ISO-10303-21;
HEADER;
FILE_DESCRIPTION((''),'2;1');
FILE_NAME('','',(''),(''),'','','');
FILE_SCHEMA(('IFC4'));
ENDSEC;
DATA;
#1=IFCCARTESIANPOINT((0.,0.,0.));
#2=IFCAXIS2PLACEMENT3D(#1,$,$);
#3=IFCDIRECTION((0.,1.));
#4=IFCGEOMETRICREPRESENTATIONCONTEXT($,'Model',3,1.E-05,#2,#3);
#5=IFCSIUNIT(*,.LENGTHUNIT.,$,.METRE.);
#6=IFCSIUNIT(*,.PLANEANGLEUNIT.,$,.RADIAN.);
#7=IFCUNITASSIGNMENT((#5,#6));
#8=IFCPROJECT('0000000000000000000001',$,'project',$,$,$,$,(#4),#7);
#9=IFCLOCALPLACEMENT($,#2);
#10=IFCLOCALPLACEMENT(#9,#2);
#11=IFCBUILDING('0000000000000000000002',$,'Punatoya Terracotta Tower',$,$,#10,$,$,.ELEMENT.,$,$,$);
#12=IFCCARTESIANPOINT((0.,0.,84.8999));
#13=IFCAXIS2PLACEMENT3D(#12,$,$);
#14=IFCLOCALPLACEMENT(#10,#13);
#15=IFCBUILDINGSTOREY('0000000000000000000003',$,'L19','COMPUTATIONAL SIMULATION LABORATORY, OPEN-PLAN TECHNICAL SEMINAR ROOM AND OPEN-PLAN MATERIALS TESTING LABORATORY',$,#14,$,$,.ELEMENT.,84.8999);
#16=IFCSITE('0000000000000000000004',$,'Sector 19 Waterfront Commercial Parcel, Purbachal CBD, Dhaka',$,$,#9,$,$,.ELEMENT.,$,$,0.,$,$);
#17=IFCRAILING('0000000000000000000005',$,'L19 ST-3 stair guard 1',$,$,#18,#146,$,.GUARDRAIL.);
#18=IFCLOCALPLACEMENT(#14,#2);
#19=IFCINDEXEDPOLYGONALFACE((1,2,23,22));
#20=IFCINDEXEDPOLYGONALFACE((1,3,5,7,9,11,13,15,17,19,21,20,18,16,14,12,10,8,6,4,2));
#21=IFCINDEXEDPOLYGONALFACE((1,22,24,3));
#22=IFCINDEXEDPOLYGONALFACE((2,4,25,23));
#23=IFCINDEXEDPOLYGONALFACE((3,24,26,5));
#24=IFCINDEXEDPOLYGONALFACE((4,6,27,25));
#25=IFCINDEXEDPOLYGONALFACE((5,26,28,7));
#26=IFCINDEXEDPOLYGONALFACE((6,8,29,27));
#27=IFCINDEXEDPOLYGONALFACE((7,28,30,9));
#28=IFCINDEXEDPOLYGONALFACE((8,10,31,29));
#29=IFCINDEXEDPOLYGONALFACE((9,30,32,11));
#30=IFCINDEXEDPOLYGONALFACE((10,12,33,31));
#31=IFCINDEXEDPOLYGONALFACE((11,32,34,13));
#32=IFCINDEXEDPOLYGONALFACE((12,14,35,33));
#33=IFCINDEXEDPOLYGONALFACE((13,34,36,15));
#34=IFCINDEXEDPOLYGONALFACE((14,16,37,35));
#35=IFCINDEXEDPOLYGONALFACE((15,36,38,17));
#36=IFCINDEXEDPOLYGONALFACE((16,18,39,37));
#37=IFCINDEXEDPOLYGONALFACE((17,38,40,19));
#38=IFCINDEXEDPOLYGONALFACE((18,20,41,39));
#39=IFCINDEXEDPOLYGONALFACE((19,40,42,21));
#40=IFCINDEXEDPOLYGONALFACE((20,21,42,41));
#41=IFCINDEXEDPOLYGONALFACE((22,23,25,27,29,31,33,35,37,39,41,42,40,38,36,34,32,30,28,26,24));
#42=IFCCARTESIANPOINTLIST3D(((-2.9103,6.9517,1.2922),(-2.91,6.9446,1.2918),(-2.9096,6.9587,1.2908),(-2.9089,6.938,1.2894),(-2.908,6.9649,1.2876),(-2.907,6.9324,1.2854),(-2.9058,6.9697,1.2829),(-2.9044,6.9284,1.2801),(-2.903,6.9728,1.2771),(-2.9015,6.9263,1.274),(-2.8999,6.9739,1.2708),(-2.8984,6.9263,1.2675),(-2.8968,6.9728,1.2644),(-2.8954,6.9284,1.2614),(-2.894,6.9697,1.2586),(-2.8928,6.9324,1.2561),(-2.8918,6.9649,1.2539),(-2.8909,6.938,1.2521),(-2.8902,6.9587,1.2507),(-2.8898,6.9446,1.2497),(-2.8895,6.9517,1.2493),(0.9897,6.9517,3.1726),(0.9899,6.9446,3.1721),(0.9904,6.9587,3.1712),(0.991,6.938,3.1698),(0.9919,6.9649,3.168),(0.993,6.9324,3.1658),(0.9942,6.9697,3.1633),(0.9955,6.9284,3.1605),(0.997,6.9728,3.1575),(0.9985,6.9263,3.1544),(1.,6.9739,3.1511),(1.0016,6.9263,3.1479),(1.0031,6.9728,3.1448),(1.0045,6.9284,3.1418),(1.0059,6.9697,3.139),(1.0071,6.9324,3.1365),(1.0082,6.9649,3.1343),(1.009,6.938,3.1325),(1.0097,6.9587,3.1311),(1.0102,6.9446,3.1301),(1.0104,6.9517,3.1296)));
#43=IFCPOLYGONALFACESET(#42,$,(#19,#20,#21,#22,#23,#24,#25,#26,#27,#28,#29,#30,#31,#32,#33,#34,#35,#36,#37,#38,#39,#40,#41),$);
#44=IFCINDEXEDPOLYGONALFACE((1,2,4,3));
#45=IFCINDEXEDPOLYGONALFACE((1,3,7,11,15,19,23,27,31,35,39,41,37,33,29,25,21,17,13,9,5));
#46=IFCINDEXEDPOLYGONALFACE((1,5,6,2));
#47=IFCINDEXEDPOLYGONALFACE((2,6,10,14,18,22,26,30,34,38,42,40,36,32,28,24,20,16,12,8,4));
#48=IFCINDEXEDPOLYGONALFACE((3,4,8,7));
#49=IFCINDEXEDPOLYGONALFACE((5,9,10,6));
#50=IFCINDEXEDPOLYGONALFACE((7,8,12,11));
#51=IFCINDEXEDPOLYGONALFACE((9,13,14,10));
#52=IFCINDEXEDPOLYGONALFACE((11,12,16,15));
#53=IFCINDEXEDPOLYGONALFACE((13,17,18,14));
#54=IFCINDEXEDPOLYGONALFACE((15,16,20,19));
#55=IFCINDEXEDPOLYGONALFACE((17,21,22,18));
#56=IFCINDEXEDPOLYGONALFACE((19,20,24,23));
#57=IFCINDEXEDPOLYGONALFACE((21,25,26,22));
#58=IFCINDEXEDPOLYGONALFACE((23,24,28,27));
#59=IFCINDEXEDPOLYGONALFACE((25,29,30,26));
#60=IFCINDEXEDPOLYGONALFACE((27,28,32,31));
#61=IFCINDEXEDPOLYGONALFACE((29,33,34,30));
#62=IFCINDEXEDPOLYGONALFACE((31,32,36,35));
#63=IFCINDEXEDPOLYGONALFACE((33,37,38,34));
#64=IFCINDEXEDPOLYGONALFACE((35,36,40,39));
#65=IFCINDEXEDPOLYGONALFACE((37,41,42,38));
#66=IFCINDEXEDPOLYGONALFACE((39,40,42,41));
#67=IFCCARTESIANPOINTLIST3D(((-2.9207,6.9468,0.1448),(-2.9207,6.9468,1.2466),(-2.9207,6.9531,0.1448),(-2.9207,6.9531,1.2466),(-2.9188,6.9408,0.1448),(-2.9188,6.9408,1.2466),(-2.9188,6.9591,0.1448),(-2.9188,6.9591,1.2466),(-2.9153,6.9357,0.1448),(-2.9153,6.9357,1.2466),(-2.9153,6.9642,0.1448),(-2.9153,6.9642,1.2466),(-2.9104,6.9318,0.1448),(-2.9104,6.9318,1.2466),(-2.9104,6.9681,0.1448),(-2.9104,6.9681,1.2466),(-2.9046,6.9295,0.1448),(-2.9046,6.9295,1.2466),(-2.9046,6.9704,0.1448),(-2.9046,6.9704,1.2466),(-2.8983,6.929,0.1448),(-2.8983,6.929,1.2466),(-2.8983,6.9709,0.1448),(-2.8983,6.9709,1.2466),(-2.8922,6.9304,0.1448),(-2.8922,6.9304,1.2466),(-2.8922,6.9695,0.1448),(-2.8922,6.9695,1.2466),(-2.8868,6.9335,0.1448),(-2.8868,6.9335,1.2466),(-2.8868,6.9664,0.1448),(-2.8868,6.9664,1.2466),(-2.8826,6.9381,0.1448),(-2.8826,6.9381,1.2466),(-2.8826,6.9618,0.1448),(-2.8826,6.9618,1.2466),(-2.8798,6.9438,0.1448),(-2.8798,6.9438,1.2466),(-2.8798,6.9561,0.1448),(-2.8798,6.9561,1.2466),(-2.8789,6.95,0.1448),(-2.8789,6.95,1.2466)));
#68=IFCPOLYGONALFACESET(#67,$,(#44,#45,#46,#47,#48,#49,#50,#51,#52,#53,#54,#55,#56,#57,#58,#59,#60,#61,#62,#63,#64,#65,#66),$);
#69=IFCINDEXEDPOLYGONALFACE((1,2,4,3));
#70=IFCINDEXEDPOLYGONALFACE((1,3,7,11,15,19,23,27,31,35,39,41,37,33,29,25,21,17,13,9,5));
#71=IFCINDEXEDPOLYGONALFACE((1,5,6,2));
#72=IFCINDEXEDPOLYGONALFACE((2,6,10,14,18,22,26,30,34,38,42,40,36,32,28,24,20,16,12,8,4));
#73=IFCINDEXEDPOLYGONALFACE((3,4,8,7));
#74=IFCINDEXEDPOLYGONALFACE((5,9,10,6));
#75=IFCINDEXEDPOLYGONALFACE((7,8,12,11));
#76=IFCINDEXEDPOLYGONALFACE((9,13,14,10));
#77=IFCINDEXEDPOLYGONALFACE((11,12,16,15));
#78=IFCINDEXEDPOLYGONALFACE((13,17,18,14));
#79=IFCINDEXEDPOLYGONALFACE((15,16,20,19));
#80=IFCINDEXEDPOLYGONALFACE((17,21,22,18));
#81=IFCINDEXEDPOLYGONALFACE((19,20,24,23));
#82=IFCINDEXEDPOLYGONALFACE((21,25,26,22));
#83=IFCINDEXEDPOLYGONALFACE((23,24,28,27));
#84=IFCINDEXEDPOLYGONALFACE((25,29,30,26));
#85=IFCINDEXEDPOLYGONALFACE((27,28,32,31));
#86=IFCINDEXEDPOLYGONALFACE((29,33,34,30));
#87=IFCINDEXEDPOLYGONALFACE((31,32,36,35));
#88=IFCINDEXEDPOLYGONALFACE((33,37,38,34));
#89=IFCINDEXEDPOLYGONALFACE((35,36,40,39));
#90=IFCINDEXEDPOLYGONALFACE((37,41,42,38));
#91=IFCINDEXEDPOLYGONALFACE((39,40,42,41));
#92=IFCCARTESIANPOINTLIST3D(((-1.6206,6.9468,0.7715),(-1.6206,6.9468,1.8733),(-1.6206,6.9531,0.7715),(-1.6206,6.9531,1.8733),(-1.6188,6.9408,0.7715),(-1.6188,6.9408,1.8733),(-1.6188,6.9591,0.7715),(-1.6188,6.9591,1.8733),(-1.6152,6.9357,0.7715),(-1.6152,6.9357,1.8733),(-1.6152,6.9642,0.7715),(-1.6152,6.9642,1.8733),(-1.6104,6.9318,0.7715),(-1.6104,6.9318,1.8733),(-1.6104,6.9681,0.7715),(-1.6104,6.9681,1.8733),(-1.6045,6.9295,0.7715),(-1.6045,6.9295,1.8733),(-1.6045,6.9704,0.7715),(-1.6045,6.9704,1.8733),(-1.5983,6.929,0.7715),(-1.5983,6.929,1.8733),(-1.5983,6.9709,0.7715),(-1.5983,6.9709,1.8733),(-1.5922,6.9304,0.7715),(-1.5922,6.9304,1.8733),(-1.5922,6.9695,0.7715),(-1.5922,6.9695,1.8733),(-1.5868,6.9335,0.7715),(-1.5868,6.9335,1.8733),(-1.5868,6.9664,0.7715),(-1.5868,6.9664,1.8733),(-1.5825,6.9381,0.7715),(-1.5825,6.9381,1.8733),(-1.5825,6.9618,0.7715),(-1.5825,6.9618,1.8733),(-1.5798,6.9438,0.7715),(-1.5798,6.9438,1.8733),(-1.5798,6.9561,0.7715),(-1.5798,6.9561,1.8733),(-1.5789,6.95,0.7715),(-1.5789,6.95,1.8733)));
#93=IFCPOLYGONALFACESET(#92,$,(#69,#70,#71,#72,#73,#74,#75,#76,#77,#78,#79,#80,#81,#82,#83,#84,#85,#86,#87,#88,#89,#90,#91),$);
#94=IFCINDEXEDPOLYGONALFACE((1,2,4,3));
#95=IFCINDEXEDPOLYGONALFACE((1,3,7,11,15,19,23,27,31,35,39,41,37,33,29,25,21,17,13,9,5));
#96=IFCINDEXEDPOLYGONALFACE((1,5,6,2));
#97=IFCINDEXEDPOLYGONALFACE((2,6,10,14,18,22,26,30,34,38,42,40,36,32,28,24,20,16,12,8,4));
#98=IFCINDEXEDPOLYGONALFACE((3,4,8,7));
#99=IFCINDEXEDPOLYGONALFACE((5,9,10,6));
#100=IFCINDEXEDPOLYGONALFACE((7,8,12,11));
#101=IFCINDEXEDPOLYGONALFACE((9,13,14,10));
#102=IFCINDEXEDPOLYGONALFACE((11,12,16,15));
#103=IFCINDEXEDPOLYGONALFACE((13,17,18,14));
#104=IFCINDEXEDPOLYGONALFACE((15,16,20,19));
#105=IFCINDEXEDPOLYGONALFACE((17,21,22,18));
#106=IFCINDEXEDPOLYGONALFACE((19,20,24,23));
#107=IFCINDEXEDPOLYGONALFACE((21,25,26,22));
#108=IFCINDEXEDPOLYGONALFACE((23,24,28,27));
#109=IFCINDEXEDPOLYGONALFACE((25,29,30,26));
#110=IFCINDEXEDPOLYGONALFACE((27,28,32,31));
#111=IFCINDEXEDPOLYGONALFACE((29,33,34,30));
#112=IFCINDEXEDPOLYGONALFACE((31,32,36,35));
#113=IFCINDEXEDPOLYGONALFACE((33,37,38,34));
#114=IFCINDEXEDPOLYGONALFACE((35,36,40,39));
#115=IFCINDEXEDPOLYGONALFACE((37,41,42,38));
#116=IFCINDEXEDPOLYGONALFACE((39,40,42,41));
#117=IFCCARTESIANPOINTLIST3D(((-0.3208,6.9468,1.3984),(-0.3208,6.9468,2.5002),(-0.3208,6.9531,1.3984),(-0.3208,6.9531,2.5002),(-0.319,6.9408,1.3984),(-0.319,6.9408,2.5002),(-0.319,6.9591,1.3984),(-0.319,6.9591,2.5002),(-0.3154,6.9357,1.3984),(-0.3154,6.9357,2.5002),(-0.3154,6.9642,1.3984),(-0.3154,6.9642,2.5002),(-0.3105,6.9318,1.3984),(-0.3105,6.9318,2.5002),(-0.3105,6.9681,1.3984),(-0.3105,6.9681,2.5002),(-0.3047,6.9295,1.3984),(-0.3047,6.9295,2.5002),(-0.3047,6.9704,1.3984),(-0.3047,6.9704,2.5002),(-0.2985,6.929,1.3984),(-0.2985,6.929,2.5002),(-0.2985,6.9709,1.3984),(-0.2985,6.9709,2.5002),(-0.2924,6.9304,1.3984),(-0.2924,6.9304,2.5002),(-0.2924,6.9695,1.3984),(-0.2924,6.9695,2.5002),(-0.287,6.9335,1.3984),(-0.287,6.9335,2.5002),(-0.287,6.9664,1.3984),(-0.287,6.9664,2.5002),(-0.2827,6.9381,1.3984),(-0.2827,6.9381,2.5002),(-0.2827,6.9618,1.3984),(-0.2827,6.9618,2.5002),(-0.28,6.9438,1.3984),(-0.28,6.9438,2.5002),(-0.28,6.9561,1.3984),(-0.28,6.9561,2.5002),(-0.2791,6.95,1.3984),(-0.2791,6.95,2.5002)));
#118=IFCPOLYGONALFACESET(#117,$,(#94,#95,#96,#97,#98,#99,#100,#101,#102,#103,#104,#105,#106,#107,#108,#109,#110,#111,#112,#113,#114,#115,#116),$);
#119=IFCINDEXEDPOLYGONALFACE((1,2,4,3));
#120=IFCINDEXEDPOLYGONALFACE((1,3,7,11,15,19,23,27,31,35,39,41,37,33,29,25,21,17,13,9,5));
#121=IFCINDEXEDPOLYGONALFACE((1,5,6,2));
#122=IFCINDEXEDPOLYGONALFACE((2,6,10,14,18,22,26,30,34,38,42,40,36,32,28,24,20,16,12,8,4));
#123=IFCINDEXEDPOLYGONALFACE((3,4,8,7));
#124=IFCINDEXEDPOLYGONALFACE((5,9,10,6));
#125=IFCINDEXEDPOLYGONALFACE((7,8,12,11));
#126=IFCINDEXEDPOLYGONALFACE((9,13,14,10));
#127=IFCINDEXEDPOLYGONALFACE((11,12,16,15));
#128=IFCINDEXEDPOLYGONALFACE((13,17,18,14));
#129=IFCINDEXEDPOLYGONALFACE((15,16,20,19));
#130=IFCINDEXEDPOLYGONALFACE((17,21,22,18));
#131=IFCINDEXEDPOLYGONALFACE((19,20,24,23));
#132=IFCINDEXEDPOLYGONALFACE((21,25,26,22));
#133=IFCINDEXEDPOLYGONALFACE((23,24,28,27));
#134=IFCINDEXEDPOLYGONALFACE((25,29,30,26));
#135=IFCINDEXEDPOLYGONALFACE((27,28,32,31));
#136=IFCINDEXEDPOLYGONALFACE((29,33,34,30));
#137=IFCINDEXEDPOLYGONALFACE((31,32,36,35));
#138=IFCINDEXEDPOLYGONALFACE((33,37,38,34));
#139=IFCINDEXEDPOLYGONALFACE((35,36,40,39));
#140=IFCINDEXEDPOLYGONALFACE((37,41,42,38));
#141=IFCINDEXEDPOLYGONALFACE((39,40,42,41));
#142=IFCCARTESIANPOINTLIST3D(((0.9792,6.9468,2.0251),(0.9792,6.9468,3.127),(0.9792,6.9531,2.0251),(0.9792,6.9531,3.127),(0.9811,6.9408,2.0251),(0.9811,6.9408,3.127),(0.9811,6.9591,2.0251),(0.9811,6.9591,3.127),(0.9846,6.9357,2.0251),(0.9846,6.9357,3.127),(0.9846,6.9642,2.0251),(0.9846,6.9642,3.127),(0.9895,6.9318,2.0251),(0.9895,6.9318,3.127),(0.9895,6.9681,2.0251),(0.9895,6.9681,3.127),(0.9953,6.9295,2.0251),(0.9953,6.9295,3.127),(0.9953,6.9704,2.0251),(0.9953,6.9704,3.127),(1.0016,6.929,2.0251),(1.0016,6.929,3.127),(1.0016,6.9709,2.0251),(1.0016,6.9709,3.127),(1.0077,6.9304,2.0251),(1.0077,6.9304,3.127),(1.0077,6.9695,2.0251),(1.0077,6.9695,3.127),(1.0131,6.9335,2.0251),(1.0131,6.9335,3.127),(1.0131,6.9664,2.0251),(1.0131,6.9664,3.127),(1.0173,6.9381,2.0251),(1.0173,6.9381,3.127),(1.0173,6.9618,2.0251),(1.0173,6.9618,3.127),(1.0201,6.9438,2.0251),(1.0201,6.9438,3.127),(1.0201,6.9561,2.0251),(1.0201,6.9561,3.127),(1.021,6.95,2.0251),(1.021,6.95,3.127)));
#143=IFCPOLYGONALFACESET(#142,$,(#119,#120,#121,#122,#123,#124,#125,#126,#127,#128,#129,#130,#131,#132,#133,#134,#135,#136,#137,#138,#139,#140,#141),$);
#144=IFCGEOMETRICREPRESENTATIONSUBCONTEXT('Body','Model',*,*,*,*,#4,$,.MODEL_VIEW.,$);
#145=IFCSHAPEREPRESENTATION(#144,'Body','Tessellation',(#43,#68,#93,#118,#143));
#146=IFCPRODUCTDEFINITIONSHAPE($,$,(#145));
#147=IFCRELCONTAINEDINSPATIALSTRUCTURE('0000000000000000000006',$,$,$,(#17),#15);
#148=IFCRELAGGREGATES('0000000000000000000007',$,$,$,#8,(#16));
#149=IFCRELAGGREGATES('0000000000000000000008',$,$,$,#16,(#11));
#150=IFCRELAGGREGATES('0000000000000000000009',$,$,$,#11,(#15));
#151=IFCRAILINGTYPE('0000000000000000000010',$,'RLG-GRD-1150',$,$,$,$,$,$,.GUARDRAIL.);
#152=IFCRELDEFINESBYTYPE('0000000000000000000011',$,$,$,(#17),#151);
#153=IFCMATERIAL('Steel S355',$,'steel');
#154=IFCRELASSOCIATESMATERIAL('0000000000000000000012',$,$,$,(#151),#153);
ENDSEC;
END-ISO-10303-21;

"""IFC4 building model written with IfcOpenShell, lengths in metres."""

from ifc_helpers import new_model, si_unit, direction, frame, origin, origin_2d, place, context, subcontext, project, spatial, circle, extrude, material, type_object, element, save


model = new_model("IFC4")

# Units and contexts
model_context = context("Model", 3, precision=1e-05, world=origin(), true_north=direction((0.0, 1.0)))
body_context = subcontext(model_context, "Body", "Model", "MODEL_VIEW")
ifc_project = project(units=[si_unit("LENGTHUNIT", "METRE"), si_unit("PLANEANGLEUNIT", "RADIAN")], contexts=[model_context])

# Site, building, storey
site_placement = place(None, origin())
site = spatial("IfcSite", under=ifc_project, at=site_placement, Name="Sector 19 Waterfront Commercial Parcel, Purbachal CBD, Dhaka", CompositionType="ELEMENT", RefElevation=0.0)
building_placement = place(site_placement, origin())
building = spatial("IfcBuilding", under=site, at=building_placement, Name="Punatoya Terracotta Tower", CompositionType="ELEMENT")
storey_placement = place(building_placement, frame((0.0, 0.0, 84.8999)))
storey = spatial("IfcBuildingStorey", under=building, at=storey_placement, Name="L19", Description="COMPUTATIONAL SIMULATION LABORATORY, OPEN-PLAN TECHNICAL SEMINAR ROOM AND OPEN-PLAN MATERIALS TESTING LABORATORY", CompositionType="ELEMENT", Elevation=84.8999)

# Shared definitions
ifc_material_1 = material(Name="Steel S355", Category="steel")

# Railing
railing_type_1 = type_object("IfcRailingType", Name="RLG-GRD-1150", PredefinedType="GUARDRAIL", material=ifc_material_1)
railing_1_placement = place(storey_placement, frame((-2.8999, 6.95, 0.1448)))
element("IfcRailing", 1, at=railing_1_placement, inside=storey, type_object=railing_type_1, Name="L19 ST-3 stair guard 1", PredefinedType="GUARDRAIL", context=body_context, shape_type="SweptSolid", body=[
    extrude(circle(Radius=0.0239, at=origin_2d()), frame((0.0, 0.0, 1.126), z_axis=(0.900763, 0.0, 0.434311), x_axis=(0.0, 1.0, 0.0)), (0.0, 0.0, 1.0), 4.3296),
    extrude(circle(Radius=0.021, at=origin_2d()), origin(), (0.0, 0.0, 1.0), 1.1018),
    extrude(circle(Radius=0.021, at=origin_2d()), frame((1.3, 0.0, 0.6267)), (0.0, 0.0, 1.0), 1.1018),
    extrude(circle(Radius=0.021, at=origin_2d()), frame((2.5999, 0.0, 1.2537)), (0.0, 0.0, 1.0), 1.1018),
    extrude(circle(Radius=0.021, at=origin_2d()), frame((3.8999, 0.0, 1.8804)), (0.0, 0.0, 1.0), 1.1018),
])

save(model, "model.ifc")
